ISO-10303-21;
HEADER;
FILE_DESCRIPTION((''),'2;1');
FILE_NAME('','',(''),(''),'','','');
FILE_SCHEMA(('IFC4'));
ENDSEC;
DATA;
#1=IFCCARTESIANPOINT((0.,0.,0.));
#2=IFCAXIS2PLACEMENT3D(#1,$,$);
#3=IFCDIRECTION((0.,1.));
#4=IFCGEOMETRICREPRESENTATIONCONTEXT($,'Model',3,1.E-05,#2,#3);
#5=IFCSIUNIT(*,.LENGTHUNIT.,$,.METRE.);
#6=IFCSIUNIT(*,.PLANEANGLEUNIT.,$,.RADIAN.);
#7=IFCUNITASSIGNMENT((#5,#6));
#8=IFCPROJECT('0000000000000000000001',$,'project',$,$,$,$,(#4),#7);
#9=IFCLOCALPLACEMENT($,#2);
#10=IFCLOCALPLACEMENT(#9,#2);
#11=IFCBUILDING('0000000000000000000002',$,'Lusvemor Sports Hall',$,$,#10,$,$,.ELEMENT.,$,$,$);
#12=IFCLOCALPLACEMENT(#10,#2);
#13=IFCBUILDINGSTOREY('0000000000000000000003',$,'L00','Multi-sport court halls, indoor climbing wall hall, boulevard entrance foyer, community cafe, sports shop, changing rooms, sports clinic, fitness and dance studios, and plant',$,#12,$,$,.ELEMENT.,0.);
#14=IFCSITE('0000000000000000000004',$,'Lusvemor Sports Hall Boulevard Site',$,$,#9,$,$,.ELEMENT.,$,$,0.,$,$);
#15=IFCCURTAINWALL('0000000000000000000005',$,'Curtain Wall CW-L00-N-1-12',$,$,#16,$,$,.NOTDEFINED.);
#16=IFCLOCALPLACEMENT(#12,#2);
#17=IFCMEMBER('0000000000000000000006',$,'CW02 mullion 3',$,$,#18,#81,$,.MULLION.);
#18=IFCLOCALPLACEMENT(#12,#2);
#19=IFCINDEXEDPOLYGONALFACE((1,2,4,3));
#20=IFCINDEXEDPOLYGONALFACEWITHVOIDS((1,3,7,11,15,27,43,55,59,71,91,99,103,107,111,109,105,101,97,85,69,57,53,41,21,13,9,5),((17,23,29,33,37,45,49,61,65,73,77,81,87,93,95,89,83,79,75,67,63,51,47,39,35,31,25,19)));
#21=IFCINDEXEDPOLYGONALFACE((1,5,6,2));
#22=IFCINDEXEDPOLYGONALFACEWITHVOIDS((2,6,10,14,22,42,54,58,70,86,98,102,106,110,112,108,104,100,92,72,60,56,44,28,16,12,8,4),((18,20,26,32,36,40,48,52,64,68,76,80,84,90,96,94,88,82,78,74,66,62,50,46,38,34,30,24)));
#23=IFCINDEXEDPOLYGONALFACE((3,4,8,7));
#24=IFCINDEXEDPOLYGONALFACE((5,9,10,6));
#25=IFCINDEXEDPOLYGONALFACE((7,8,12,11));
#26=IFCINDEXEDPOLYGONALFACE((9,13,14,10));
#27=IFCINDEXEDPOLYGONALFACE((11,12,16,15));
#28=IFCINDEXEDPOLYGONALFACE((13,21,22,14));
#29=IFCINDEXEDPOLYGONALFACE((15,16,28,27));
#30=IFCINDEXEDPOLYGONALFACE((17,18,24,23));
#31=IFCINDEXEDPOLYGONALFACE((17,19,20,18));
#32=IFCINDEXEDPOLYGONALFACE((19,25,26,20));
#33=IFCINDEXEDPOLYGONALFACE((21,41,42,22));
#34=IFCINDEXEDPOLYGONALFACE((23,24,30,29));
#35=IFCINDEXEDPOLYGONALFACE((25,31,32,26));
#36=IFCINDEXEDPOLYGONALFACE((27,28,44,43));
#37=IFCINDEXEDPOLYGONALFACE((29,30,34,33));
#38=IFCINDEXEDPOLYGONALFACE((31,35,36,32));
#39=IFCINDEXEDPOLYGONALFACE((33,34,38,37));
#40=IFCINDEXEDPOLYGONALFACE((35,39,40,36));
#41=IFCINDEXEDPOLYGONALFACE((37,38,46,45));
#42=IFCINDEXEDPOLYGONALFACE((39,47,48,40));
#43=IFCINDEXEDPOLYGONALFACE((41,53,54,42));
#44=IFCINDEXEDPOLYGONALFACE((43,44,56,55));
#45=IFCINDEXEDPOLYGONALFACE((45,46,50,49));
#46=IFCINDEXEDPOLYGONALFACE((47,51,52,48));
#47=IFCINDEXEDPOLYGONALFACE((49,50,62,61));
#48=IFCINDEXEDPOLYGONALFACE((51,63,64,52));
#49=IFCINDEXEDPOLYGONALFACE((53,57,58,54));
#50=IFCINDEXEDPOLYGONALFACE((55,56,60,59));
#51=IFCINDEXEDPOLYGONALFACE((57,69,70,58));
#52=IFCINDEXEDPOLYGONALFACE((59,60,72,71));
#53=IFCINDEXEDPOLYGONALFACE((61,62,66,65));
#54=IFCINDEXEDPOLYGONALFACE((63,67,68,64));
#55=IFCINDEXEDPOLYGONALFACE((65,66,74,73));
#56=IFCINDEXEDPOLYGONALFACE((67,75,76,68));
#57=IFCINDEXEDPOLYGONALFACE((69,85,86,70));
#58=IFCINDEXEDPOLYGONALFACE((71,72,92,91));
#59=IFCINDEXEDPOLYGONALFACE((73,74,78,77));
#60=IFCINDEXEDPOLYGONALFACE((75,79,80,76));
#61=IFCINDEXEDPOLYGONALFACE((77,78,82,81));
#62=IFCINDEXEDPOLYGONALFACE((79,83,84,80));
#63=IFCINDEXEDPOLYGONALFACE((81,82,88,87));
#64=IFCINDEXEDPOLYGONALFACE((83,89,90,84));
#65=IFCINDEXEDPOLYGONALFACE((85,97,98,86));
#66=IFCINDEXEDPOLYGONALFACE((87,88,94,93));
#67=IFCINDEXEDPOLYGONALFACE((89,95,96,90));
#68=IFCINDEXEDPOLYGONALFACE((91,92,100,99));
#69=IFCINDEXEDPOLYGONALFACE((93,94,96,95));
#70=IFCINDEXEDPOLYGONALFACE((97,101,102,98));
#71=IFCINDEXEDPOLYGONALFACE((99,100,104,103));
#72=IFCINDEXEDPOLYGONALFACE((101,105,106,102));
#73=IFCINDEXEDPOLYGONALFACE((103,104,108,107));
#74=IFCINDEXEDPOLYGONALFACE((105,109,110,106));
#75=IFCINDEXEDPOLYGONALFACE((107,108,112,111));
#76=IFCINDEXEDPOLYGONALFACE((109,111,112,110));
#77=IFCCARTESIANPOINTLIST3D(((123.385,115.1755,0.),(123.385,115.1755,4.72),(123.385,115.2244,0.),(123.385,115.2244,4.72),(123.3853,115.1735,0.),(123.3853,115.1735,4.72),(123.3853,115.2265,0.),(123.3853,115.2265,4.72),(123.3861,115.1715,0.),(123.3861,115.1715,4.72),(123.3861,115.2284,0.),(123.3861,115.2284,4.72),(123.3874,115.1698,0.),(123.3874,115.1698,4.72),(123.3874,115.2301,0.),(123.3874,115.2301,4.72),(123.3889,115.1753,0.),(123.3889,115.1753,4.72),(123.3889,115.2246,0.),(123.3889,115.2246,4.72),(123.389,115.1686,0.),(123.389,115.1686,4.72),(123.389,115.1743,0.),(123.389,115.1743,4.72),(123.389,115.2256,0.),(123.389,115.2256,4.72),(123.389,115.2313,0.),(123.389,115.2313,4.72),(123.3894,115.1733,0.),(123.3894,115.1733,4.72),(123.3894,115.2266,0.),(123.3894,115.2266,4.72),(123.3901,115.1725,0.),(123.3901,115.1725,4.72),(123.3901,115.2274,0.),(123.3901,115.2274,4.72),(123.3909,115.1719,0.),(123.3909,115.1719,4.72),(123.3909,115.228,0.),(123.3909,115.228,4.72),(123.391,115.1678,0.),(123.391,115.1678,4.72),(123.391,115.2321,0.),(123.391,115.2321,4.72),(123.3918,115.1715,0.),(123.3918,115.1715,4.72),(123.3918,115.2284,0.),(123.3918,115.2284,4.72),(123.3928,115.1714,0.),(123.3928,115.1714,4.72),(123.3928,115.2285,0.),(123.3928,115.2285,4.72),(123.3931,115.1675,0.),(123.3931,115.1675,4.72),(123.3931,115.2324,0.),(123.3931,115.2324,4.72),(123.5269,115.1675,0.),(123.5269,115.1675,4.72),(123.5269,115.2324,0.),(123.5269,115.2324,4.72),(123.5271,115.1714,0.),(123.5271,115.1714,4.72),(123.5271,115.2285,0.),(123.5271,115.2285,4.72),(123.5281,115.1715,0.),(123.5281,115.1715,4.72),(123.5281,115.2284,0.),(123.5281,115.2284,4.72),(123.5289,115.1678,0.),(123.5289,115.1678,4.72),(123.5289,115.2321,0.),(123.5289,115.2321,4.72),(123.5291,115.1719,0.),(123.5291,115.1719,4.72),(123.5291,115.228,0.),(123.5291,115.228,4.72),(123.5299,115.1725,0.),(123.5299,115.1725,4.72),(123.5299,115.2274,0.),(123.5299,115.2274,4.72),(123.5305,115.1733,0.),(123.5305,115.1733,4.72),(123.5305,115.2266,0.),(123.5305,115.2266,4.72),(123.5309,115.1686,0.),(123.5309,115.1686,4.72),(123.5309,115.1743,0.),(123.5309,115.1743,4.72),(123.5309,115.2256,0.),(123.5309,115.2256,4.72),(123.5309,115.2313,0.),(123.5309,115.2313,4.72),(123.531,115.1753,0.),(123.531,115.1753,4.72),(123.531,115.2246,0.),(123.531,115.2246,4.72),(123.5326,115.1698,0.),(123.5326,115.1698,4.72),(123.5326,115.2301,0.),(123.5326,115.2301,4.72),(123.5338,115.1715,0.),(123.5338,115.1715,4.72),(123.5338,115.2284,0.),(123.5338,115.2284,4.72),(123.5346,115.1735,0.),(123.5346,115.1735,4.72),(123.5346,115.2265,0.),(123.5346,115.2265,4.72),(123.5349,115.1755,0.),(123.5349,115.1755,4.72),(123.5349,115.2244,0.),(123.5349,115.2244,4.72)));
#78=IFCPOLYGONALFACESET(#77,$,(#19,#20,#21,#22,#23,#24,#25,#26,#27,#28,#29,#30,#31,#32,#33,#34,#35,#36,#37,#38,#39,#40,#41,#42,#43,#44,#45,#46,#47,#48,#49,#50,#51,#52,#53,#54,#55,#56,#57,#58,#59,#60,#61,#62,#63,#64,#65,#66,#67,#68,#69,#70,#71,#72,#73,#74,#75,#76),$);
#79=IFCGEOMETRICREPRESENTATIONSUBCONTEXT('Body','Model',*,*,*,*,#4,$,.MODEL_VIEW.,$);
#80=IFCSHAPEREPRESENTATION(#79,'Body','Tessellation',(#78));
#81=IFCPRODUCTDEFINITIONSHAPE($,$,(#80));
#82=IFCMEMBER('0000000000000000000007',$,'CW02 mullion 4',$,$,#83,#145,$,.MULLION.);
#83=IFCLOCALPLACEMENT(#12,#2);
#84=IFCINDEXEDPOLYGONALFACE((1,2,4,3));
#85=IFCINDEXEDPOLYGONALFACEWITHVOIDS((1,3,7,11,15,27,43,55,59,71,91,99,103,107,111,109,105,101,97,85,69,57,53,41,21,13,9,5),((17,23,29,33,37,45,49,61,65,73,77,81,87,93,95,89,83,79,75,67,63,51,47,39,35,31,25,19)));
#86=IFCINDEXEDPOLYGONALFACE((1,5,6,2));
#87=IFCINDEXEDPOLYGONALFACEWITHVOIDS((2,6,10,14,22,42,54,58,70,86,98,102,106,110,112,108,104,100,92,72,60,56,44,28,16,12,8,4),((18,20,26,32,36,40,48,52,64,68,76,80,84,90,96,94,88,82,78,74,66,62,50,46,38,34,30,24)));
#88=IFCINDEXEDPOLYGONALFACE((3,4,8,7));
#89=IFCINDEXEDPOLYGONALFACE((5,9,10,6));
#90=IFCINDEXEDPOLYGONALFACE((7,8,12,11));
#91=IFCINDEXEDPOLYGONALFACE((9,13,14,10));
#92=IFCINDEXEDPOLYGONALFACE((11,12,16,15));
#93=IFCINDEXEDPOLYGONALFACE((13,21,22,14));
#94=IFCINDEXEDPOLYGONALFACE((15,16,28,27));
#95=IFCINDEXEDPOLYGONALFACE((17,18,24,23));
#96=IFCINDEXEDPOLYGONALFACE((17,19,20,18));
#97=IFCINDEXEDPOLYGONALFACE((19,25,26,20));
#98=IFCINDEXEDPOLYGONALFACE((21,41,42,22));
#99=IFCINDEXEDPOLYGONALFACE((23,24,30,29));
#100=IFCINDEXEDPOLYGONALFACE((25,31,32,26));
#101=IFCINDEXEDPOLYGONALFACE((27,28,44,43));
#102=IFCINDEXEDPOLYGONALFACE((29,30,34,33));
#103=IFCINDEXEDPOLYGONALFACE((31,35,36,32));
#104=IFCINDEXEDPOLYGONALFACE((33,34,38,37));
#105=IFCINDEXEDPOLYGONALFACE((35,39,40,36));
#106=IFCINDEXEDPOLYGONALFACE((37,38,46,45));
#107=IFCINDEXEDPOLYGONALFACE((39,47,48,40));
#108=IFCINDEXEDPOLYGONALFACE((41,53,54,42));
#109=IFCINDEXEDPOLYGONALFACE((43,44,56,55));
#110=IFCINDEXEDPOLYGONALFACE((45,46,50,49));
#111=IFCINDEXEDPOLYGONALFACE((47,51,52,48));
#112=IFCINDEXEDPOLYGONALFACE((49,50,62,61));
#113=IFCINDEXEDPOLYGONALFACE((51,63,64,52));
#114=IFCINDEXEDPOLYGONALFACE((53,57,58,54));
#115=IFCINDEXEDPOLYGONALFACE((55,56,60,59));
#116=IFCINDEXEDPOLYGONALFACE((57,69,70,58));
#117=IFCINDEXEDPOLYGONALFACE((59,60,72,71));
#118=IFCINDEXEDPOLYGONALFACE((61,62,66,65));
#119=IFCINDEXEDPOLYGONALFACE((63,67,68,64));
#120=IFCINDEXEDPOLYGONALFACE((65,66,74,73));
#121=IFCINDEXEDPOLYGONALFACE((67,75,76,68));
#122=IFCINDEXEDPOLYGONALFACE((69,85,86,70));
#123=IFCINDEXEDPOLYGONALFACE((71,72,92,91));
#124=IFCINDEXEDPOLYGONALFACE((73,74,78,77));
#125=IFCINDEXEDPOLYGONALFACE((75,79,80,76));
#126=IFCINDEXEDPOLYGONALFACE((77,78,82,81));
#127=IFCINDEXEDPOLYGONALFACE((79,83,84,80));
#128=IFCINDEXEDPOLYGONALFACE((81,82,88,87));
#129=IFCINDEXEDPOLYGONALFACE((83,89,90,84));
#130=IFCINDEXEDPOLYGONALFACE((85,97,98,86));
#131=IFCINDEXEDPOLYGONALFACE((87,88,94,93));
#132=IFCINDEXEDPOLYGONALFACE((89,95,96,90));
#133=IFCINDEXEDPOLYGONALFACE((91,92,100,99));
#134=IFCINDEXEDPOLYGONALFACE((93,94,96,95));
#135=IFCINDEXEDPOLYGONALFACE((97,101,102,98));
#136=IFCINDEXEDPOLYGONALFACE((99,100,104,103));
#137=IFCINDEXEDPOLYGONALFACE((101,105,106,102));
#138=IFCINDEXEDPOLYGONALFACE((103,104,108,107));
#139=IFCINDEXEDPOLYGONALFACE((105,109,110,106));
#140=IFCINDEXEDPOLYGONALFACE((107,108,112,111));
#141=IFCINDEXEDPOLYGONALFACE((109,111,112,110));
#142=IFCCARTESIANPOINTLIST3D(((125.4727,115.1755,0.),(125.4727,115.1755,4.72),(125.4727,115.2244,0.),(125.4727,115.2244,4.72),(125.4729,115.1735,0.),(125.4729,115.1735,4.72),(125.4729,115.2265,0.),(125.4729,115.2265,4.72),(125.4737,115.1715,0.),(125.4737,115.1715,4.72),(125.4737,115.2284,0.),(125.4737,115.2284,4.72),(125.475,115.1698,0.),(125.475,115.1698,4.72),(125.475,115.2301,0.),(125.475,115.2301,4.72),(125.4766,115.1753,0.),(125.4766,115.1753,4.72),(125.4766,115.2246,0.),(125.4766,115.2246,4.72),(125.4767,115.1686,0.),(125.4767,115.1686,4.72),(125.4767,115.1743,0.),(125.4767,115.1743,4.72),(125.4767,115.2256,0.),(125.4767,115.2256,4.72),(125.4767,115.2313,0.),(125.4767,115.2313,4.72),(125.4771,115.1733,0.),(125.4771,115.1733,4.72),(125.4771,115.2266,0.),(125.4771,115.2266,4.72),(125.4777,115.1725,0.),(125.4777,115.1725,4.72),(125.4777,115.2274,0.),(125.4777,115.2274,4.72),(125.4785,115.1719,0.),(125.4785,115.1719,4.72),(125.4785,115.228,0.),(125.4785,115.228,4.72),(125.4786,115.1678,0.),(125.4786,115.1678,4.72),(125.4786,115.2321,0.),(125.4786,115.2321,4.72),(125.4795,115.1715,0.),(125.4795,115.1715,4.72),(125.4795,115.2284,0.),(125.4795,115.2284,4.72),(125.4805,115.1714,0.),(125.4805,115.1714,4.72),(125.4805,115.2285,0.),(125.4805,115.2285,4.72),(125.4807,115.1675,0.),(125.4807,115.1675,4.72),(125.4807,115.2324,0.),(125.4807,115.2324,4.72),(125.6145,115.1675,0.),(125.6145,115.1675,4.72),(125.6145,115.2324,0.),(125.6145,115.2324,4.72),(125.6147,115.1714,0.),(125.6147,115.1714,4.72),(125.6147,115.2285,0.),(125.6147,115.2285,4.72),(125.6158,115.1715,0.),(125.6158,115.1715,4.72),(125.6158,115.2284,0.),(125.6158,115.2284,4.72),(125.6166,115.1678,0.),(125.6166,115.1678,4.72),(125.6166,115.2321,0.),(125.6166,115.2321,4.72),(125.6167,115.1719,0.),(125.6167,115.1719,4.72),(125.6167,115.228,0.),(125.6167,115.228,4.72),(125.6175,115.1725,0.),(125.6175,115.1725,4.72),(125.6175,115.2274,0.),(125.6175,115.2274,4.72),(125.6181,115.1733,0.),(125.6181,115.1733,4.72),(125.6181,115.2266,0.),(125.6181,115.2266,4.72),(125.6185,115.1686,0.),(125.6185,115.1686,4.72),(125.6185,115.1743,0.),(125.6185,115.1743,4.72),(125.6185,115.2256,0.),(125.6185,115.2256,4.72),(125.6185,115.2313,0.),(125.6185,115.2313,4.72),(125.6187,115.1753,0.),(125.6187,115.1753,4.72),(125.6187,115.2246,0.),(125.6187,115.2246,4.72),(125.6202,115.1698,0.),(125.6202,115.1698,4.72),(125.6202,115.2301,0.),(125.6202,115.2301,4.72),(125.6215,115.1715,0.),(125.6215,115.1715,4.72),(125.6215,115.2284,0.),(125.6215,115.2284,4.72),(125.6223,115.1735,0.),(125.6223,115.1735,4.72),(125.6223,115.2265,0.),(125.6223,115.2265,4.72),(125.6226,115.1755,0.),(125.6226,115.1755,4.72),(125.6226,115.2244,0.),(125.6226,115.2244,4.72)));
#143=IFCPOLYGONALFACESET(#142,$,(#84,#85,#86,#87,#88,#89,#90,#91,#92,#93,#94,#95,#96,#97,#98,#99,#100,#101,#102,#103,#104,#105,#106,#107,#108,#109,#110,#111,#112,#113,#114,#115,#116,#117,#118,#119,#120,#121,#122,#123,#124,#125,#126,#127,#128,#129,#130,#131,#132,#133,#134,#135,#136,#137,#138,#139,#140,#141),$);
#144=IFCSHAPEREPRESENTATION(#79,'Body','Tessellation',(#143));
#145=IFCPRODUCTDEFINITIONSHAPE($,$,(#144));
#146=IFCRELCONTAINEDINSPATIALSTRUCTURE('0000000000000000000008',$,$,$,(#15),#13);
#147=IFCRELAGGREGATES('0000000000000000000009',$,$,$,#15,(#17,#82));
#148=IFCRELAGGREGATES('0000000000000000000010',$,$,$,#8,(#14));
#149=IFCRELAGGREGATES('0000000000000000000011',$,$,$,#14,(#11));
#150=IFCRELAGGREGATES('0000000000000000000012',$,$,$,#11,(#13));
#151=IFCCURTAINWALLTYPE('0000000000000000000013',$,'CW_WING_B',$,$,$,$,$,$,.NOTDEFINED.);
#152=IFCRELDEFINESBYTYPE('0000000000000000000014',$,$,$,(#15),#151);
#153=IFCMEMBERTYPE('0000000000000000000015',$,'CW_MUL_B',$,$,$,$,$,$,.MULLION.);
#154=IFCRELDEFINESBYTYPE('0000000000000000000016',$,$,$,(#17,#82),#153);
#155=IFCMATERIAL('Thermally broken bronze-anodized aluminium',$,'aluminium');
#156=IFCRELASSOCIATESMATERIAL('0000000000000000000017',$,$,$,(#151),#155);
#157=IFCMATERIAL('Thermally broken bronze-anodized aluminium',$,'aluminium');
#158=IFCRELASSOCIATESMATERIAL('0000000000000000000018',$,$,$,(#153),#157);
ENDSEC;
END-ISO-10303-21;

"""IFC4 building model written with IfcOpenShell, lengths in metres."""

from ifc_helpers import new_model, si_unit, direction, frame, origin, origin_2d, place, context, subcontext, project, spatial, hollow_rectangle, extrude, material, material_profile, profile_set, type_object, element, aggregate, save


model = new_model("IFC4")

# Units and contexts
model_context = context("Model", 3, precision=1e-05, world=origin(), true_north=direction((0.0, 1.0)))
body_context = subcontext(model_context, "Body", "Model", "MODEL_VIEW")
ifc_project = project(units=[si_unit("LENGTHUNIT", "METRE"), si_unit("PLANEANGLEUNIT", "RADIAN")], contexts=[model_context])

# Site, building, storey
site_placement = place(None, origin())
site = spatial("IfcSite", under=ifc_project, at=site_placement, Name="Lusvemor Sports Hall Boulevard Site", CompositionType="ELEMENT", RefElevation=0.0)
building_placement = place(site_placement, origin())
building = spatial("IfcBuilding", under=site, at=building_placement, Name="Lusvemor Sports Hall", CompositionType="ELEMENT")
storey_placement = place(building_placement, origin())
storey = spatial("IfcBuildingStorey", under=building, at=storey_placement, Name="L00", Description="Multi-sport court halls, indoor climbing wall hall, boulevard entrance foyer, community cafe, sports shop, changing rooms, sports clinic, fitness and dance studios, and plant", CompositionType="ELEMENT", Elevation=0.0)

# Curtain wall, members
ifc_material_1 = material(Name="Thermally broken bronze-anodized aluminium", Category="aluminium")
curtain_wall_type = type_object("IfcCurtainWallType", Name="CW_WING_B", PredefinedType="NOTDEFINED", material=ifc_material_1)
curtain_wall_placement = place(storey_placement, origin())
curtain_wall = element("IfcCurtainWall", 1, at=curtain_wall_placement, inside=storey, type_object=curtain_wall_type, Name="Curtain Wall CW-L00-N-1-12", PredefinedType="NOTDEFINED")
ifc_material_2 = material(Name="Thermally broken bronze-anodized aluminium", Category="aluminium")
ifc_material_profile_1 = material_profile(ifc_material_2, hollow_rectangle(XDim=0.0649, YDim=0.1499, WallThickness=0.0039, InnerFilletRadius=0.0039, OuterFilletRadius=0.0081, at=origin_2d()), Name="CWMUL150x65x4")
ifc_profile_set_1 = profile_set([ifc_material_profile_1], Name="Thermally broken bronze-anodized aluminium")
member_type_1 = type_object("IfcMemberType", Name="CW_MUL_B", PredefinedType="MULLION", material=ifc_profile_set_1)
member_1_placement = place(storey_placement, frame((123.46, 115.2, 0.0), z_axis=(0.0, 0.0, 1.0), x_axis=(0.0, 1.0, 0.0)))
member_1 = element("IfcMember", 2, at=member_1_placement, type_object=member_type_1, Name="CW02 mullion 3", PredefinedType="MULLION", context=body_context, shape_type="SweptSolid", body=[
    extrude(hollow_rectangle(XDim=0.0649, YDim=0.1499, WallThickness=0.0039, InnerFilletRadius=0.0039, OuterFilletRadius=0.0081, at=origin_2d()), origin(), (0.0, 0.0, 1.0), 4.72),
])
member_2_placement = place(storey_placement, frame((125.5476, 115.2, 0.0), z_axis=(0.0, 0.0, 1.0), x_axis=(0.0, 1.0, 0.0)))
member_2 = element("IfcMember", 3, at=member_2_placement, type_object=member_type_1, Name="CW02 mullion 4", PredefinedType="MULLION", context=body_context, shape_type="SweptSolid", body=[
    extrude(hollow_rectangle(XDim=0.0649, YDim=0.1499, WallThickness=0.0039, InnerFilletRadius=0.0039, OuterFilletRadius=0.0081, at=origin_2d()), origin(), (0.0, 0.0, 1.0), 4.72),
])
aggregate(curtain_wall, [member_1, member_2])

save(model, "model.ifc")
